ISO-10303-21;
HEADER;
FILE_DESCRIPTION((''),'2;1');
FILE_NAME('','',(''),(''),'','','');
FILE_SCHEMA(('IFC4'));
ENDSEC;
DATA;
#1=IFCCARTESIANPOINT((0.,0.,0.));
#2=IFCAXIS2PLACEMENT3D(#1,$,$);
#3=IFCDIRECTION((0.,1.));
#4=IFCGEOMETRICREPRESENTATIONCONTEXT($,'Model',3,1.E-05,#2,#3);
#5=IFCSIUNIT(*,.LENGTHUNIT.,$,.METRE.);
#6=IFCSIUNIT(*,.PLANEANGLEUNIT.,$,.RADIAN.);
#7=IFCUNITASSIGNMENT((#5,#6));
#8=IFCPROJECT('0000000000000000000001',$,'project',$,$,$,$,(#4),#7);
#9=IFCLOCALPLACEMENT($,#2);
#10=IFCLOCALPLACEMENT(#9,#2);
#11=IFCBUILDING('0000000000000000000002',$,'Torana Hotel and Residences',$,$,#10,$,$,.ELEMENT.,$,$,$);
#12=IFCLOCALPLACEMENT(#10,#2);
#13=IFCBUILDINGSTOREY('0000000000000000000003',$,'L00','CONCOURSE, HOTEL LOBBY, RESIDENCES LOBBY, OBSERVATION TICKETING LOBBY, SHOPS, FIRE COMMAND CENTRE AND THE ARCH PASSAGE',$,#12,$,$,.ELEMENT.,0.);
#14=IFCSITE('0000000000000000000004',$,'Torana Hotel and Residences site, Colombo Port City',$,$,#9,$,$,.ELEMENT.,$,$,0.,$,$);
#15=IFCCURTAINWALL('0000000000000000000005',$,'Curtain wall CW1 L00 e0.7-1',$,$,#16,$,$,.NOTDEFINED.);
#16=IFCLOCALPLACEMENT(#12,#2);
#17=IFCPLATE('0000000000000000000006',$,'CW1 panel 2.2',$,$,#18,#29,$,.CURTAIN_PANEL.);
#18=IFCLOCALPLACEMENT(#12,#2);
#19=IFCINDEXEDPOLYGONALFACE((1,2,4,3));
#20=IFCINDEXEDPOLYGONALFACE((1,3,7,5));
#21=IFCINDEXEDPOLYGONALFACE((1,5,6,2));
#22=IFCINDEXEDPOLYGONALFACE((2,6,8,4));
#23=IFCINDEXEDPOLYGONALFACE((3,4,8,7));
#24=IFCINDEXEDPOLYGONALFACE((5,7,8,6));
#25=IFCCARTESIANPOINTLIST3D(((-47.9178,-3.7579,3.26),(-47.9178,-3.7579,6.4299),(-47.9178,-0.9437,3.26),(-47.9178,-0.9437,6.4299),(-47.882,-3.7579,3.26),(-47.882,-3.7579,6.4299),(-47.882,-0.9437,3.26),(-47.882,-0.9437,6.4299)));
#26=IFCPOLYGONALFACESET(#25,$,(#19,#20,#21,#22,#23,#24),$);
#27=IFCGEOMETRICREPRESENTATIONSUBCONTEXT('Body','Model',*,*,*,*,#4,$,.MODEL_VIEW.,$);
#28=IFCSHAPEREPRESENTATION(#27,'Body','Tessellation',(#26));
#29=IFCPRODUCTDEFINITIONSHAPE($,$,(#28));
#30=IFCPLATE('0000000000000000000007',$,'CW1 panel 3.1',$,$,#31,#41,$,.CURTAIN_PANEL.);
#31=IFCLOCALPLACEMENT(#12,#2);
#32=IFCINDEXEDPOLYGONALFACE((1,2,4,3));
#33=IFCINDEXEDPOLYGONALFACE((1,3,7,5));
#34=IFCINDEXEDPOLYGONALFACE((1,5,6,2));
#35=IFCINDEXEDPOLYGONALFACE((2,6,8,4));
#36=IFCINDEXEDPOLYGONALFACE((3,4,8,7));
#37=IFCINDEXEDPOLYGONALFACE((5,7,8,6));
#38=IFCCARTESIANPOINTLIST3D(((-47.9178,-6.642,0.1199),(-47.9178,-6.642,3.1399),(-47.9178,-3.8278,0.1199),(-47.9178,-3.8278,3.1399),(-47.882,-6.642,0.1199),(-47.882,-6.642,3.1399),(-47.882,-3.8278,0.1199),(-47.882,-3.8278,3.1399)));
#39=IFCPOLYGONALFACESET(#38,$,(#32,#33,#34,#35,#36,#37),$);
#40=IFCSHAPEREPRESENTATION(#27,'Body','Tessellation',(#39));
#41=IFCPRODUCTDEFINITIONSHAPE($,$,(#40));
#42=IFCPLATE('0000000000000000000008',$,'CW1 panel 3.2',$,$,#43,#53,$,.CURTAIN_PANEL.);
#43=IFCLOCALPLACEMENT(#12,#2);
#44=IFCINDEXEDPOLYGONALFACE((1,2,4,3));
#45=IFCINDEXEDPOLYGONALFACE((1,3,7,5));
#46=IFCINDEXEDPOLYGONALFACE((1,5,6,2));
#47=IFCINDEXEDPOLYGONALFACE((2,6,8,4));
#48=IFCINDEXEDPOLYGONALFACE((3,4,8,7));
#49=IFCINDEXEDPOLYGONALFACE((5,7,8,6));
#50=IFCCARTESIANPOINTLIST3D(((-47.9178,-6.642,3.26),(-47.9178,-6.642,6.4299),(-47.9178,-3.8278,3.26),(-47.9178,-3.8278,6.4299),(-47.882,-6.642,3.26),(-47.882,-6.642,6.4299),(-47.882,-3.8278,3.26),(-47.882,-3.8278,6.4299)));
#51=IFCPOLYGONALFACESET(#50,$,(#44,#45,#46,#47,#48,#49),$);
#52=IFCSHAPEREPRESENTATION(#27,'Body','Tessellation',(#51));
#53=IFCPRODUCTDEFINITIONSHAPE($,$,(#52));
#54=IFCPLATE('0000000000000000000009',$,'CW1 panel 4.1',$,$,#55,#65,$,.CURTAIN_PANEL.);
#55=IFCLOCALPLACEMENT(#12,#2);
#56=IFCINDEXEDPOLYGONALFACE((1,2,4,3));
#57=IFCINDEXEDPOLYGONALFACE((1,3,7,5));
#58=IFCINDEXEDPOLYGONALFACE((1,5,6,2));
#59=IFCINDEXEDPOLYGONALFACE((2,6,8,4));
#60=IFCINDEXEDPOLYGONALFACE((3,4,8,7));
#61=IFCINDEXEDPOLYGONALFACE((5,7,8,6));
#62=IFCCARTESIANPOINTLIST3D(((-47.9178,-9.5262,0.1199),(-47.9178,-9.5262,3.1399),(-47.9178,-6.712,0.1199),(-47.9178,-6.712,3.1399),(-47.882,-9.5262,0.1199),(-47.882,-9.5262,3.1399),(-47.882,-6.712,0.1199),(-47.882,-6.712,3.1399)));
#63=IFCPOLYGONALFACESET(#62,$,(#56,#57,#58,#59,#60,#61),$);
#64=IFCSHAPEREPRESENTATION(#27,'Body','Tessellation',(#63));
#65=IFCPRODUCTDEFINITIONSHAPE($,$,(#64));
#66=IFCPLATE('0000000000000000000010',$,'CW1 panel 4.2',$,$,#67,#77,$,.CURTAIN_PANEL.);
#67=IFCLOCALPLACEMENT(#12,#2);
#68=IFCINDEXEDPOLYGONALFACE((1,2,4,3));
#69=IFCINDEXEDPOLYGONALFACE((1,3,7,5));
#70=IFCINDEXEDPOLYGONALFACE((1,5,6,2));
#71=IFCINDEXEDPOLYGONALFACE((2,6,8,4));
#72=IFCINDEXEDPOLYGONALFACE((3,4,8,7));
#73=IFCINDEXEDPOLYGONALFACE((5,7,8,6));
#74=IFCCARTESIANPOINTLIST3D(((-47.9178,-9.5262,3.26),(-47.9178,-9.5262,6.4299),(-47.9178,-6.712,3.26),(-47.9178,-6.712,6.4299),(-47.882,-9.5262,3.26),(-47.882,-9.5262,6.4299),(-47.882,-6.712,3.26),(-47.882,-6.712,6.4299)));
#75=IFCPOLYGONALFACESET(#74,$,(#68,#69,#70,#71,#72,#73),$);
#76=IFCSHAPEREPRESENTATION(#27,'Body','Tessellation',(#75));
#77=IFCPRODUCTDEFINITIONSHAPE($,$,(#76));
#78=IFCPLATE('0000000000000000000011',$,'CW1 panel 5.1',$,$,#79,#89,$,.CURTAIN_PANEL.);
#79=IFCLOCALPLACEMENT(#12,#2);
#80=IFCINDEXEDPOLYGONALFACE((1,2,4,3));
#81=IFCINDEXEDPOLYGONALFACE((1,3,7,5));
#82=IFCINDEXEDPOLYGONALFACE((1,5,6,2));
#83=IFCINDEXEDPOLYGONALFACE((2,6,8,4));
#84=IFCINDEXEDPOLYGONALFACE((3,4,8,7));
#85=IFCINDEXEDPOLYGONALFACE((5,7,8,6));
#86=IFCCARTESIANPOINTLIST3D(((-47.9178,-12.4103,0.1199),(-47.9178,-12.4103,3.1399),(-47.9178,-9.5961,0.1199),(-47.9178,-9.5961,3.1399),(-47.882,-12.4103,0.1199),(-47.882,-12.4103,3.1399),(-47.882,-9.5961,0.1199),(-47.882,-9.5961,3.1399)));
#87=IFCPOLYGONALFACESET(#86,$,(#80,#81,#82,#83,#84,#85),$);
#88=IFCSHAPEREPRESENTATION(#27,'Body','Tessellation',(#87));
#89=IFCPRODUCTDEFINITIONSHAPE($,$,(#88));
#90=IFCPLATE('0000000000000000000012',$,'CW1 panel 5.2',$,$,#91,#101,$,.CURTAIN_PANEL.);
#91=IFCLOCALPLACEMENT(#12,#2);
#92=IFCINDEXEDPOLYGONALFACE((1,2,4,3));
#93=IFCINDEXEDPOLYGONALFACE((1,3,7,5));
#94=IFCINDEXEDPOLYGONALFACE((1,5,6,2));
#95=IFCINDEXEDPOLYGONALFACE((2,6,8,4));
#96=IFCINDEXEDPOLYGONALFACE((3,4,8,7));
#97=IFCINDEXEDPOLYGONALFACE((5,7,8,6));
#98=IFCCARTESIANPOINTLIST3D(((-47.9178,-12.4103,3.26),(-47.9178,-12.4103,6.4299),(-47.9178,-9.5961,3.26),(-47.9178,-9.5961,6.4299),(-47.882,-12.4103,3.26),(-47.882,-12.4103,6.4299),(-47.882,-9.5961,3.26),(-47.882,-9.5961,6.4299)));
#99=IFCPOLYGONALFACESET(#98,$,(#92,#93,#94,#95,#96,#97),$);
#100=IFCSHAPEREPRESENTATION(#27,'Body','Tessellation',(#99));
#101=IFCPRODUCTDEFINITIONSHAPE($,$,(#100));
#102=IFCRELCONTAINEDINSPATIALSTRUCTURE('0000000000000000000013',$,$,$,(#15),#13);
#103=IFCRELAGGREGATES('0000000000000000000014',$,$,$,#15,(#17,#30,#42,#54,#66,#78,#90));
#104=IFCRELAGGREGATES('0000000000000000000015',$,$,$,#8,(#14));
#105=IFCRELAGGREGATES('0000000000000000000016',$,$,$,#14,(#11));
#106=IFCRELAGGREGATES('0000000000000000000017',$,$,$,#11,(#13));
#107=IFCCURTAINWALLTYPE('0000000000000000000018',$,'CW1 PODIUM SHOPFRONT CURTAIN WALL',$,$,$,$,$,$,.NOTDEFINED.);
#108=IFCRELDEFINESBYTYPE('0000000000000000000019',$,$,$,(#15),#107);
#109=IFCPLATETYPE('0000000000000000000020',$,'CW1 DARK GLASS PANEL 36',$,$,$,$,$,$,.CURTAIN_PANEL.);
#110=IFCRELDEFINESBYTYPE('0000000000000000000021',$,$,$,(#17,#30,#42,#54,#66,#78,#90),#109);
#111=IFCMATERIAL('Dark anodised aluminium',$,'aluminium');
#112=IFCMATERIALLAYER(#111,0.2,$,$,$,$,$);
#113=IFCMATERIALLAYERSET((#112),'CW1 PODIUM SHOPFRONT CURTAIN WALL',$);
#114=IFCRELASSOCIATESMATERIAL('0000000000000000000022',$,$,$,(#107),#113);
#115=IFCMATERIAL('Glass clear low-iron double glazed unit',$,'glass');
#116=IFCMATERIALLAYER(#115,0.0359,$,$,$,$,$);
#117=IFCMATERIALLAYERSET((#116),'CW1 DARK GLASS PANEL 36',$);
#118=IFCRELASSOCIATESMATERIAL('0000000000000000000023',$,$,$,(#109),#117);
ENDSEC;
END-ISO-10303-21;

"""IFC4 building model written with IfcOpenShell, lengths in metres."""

from ifc_helpers import new_model, si_unit, direction, frame, origin, origin_2d, place, context, subcontext, project, spatial, rectangle, extrude, material, layer, layer_set, type_object, element, aggregate, save


model = new_model("IFC4")

# Units and contexts
model_context = context("Model", 3, precision=1e-05, world=origin(), true_north=direction((0.0, 1.0)))
body_context = subcontext(model_context, "Body", "Model", "MODEL_VIEW")
ifc_project = project(units=[si_unit("LENGTHUNIT", "METRE"), si_unit("PLANEANGLEUNIT", "RADIAN")], contexts=[model_context])

# Site, building, storey
site_placement = place(None, origin())
site = spatial("IfcSite", under=ifc_project, at=site_placement, Name="Torana Hotel and Residences site, Colombo Port City", CompositionType="ELEMENT", RefElevation=0.0)
building_placement = place(site_placement, origin())
building = spatial("IfcBuilding", under=site, at=building_placement, Name="Torana Hotel and Residences", CompositionType="ELEMENT")
storey_placement = place(building_placement, origin())
storey = spatial("IfcBuildingStorey", under=building, at=storey_placement, Name="L00", Description="CONCOURSE, HOTEL LOBBY, RESIDENCES LOBBY, OBSERVATION TICKETING LOBBY, SHOPS, FIRE COMMAND CENTRE AND THE ARCH PASSAGE", CompositionType="ELEMENT", Elevation=0.0)

# Curtain wall, plates
ifc_material_1 = material(Name="Dark anodised aluminium", Category="aluminium")
ifc_layer_1 = layer(ifc_material_1, 0.2)
ifc_layer_set_1 = layer_set([ifc_layer_1], Name="CW1 PODIUM SHOPFRONT CURTAIN WALL")
curtain_wall_type = type_object("IfcCurtainWallType", Name="CW1 PODIUM SHOPFRONT CURTAIN WALL", PredefinedType="NOTDEFINED", material=ifc_layer_set_1)
curtain_wall_placement = place(storey_placement, origin())
curtain_wall = element("IfcCurtainWall", 1, at=curtain_wall_placement, inside=storey, type_object=curtain_wall_type, Name="Curtain wall CW1 L00 e0.7-1", PredefinedType="NOTDEFINED")
ifc_material_2 = material(Name="Glass clear low-iron double glazed unit", Category="glass")
ifc_layer_2 = layer(ifc_material_2, 0.0359)
ifc_layer_set_2 = layer_set([ifc_layer_2], Name="CW1 DARK GLASS PANEL 36")
plate_type = type_object("IfcPlateType", Name="CW1 DARK GLASS PANEL 36", PredefinedType="CURTAIN_PANEL", material=ifc_layer_set_2)
plate_1_placement = place(storey_placement, frame((-47.8999, -2.3508, 3.26), z_axis=(0.0, 0.0, 1.0), x_axis=(0.0, -1.0, 0.0)))
plate_1 = element("IfcPlate", 2, at=plate_1_placement, type_object=plate_type, Name="CW1 panel 2.2", PredefinedType="CURTAIN_PANEL", context=body_context, shape_type="SweptSolid", body=[
    extrude(rectangle(XDim=2.8142, YDim=0.0359, at=origin_2d()), origin(), (0.0, 0.0, 1.0), 3.1699),
])
plate_2_placement = place(storey_placement, frame((-47.8999, -5.2349, 0.1199), z_axis=(0.0, 0.0, 1.0), x_axis=(0.0, -1.0, 0.0)))
plate_2 = element("IfcPlate", 3, at=plate_2_placement, type_object=plate_type, Name="CW1 panel 3.1", PredefinedType="CURTAIN_PANEL", context=body_context, shape_type="SweptSolid", body=[
    extrude(rectangle(XDim=2.8142, YDim=0.0359, at=origin_2d()), origin(), (0.0, 0.0, 1.0), 3.02),
])
plate_3_placement = place(storey_placement, frame((-47.8999, -5.2349, 3.26), z_axis=(0.0, 0.0, 1.0), x_axis=(0.0, -1.0, 0.0)))
plate_3 = element("IfcPlate", 4, at=plate_3_placement, type_object=plate_type, Name="CW1 panel 3.2", PredefinedType="CURTAIN_PANEL", context=body_context, shape_type="SweptSolid", body=[
    extrude(rectangle(XDim=2.8142, YDim=0.0359, at=origin_2d()), origin(), (0.0, 0.0, 1.0), 3.1699),
])
plate_4_placement = place(storey_placement, frame((-47.8999, -8.1191, 0.1199), z_axis=(0.0, 0.0, 1.0), x_axis=(0.0, -1.0, 0.0)))
plate_4 = element("IfcPlate", 5, at=plate_4_placement, type_object=plate_type, Name="CW1 panel 4.1", PredefinedType="CURTAIN_PANEL", context=body_context, shape_type="SweptSolid", body=[
    extrude(rectangle(XDim=2.8142, YDim=0.0359, at=origin_2d()), origin(), (0.0, 0.0, 1.0), 3.02),
])
plate_5_placement = place(storey_placement, frame((-47.8999, -8.1191, 3.26), z_axis=(0.0, 0.0, 1.0), x_axis=(0.0, -1.0, 0.0)))
plate_5 = element("IfcPlate", 6, at=plate_5_placement, type_object=plate_type, Name="CW1 panel 4.2", PredefinedType="CURTAIN_PANEL", context=body_context, shape_type="SweptSolid", body=[
    extrude(rectangle(XDim=2.8142, YDim=0.0359, at=origin_2d()), origin(), (0.0, 0.0, 1.0), 3.1699),
])
plate_6_placement = place(storey_placement, frame((-47.8999, -11.0032, 0.1199), z_axis=(0.0, 0.0, 1.0), x_axis=(0.0, -1.0, 0.0)))
plate_6 = element("IfcPlate", 7, at=plate_6_placement, type_object=plate_type, Name="CW1 panel 5.1", PredefinedType="CURTAIN_PANEL", context=body_context, shape_type="SweptSolid", body=[
    extrude(rectangle(XDim=2.8142, YDim=0.0359, at=origin_2d()), origin(), (0.0, 0.0, 1.0), 3.02),
])
plate_7_placement = place(storey_placement, frame((-47.8999, -11.0032, 3.26), z_axis=(0.0, 0.0, 1.0), x_axis=(0.0, -1.0, 0.0)))
plate_7 = element("IfcPlate", 8, at=plate_7_placement, type_object=plate_type, Name="CW1 panel 5.2", PredefinedType="CURTAIN_PANEL", context=body_context, shape_type="SweptSolid", body=[
    extrude(rectangle(XDim=2.8142, YDim=0.0359, at=origin_2d()), origin(), (0.0, 0.0, 1.0), 3.1699),
])
aggregate(curtain_wall, [plate_1, plate_2, plate_3, plate_4, plate_5, plate_6, plate_7])

save(model, "model.ifc")
